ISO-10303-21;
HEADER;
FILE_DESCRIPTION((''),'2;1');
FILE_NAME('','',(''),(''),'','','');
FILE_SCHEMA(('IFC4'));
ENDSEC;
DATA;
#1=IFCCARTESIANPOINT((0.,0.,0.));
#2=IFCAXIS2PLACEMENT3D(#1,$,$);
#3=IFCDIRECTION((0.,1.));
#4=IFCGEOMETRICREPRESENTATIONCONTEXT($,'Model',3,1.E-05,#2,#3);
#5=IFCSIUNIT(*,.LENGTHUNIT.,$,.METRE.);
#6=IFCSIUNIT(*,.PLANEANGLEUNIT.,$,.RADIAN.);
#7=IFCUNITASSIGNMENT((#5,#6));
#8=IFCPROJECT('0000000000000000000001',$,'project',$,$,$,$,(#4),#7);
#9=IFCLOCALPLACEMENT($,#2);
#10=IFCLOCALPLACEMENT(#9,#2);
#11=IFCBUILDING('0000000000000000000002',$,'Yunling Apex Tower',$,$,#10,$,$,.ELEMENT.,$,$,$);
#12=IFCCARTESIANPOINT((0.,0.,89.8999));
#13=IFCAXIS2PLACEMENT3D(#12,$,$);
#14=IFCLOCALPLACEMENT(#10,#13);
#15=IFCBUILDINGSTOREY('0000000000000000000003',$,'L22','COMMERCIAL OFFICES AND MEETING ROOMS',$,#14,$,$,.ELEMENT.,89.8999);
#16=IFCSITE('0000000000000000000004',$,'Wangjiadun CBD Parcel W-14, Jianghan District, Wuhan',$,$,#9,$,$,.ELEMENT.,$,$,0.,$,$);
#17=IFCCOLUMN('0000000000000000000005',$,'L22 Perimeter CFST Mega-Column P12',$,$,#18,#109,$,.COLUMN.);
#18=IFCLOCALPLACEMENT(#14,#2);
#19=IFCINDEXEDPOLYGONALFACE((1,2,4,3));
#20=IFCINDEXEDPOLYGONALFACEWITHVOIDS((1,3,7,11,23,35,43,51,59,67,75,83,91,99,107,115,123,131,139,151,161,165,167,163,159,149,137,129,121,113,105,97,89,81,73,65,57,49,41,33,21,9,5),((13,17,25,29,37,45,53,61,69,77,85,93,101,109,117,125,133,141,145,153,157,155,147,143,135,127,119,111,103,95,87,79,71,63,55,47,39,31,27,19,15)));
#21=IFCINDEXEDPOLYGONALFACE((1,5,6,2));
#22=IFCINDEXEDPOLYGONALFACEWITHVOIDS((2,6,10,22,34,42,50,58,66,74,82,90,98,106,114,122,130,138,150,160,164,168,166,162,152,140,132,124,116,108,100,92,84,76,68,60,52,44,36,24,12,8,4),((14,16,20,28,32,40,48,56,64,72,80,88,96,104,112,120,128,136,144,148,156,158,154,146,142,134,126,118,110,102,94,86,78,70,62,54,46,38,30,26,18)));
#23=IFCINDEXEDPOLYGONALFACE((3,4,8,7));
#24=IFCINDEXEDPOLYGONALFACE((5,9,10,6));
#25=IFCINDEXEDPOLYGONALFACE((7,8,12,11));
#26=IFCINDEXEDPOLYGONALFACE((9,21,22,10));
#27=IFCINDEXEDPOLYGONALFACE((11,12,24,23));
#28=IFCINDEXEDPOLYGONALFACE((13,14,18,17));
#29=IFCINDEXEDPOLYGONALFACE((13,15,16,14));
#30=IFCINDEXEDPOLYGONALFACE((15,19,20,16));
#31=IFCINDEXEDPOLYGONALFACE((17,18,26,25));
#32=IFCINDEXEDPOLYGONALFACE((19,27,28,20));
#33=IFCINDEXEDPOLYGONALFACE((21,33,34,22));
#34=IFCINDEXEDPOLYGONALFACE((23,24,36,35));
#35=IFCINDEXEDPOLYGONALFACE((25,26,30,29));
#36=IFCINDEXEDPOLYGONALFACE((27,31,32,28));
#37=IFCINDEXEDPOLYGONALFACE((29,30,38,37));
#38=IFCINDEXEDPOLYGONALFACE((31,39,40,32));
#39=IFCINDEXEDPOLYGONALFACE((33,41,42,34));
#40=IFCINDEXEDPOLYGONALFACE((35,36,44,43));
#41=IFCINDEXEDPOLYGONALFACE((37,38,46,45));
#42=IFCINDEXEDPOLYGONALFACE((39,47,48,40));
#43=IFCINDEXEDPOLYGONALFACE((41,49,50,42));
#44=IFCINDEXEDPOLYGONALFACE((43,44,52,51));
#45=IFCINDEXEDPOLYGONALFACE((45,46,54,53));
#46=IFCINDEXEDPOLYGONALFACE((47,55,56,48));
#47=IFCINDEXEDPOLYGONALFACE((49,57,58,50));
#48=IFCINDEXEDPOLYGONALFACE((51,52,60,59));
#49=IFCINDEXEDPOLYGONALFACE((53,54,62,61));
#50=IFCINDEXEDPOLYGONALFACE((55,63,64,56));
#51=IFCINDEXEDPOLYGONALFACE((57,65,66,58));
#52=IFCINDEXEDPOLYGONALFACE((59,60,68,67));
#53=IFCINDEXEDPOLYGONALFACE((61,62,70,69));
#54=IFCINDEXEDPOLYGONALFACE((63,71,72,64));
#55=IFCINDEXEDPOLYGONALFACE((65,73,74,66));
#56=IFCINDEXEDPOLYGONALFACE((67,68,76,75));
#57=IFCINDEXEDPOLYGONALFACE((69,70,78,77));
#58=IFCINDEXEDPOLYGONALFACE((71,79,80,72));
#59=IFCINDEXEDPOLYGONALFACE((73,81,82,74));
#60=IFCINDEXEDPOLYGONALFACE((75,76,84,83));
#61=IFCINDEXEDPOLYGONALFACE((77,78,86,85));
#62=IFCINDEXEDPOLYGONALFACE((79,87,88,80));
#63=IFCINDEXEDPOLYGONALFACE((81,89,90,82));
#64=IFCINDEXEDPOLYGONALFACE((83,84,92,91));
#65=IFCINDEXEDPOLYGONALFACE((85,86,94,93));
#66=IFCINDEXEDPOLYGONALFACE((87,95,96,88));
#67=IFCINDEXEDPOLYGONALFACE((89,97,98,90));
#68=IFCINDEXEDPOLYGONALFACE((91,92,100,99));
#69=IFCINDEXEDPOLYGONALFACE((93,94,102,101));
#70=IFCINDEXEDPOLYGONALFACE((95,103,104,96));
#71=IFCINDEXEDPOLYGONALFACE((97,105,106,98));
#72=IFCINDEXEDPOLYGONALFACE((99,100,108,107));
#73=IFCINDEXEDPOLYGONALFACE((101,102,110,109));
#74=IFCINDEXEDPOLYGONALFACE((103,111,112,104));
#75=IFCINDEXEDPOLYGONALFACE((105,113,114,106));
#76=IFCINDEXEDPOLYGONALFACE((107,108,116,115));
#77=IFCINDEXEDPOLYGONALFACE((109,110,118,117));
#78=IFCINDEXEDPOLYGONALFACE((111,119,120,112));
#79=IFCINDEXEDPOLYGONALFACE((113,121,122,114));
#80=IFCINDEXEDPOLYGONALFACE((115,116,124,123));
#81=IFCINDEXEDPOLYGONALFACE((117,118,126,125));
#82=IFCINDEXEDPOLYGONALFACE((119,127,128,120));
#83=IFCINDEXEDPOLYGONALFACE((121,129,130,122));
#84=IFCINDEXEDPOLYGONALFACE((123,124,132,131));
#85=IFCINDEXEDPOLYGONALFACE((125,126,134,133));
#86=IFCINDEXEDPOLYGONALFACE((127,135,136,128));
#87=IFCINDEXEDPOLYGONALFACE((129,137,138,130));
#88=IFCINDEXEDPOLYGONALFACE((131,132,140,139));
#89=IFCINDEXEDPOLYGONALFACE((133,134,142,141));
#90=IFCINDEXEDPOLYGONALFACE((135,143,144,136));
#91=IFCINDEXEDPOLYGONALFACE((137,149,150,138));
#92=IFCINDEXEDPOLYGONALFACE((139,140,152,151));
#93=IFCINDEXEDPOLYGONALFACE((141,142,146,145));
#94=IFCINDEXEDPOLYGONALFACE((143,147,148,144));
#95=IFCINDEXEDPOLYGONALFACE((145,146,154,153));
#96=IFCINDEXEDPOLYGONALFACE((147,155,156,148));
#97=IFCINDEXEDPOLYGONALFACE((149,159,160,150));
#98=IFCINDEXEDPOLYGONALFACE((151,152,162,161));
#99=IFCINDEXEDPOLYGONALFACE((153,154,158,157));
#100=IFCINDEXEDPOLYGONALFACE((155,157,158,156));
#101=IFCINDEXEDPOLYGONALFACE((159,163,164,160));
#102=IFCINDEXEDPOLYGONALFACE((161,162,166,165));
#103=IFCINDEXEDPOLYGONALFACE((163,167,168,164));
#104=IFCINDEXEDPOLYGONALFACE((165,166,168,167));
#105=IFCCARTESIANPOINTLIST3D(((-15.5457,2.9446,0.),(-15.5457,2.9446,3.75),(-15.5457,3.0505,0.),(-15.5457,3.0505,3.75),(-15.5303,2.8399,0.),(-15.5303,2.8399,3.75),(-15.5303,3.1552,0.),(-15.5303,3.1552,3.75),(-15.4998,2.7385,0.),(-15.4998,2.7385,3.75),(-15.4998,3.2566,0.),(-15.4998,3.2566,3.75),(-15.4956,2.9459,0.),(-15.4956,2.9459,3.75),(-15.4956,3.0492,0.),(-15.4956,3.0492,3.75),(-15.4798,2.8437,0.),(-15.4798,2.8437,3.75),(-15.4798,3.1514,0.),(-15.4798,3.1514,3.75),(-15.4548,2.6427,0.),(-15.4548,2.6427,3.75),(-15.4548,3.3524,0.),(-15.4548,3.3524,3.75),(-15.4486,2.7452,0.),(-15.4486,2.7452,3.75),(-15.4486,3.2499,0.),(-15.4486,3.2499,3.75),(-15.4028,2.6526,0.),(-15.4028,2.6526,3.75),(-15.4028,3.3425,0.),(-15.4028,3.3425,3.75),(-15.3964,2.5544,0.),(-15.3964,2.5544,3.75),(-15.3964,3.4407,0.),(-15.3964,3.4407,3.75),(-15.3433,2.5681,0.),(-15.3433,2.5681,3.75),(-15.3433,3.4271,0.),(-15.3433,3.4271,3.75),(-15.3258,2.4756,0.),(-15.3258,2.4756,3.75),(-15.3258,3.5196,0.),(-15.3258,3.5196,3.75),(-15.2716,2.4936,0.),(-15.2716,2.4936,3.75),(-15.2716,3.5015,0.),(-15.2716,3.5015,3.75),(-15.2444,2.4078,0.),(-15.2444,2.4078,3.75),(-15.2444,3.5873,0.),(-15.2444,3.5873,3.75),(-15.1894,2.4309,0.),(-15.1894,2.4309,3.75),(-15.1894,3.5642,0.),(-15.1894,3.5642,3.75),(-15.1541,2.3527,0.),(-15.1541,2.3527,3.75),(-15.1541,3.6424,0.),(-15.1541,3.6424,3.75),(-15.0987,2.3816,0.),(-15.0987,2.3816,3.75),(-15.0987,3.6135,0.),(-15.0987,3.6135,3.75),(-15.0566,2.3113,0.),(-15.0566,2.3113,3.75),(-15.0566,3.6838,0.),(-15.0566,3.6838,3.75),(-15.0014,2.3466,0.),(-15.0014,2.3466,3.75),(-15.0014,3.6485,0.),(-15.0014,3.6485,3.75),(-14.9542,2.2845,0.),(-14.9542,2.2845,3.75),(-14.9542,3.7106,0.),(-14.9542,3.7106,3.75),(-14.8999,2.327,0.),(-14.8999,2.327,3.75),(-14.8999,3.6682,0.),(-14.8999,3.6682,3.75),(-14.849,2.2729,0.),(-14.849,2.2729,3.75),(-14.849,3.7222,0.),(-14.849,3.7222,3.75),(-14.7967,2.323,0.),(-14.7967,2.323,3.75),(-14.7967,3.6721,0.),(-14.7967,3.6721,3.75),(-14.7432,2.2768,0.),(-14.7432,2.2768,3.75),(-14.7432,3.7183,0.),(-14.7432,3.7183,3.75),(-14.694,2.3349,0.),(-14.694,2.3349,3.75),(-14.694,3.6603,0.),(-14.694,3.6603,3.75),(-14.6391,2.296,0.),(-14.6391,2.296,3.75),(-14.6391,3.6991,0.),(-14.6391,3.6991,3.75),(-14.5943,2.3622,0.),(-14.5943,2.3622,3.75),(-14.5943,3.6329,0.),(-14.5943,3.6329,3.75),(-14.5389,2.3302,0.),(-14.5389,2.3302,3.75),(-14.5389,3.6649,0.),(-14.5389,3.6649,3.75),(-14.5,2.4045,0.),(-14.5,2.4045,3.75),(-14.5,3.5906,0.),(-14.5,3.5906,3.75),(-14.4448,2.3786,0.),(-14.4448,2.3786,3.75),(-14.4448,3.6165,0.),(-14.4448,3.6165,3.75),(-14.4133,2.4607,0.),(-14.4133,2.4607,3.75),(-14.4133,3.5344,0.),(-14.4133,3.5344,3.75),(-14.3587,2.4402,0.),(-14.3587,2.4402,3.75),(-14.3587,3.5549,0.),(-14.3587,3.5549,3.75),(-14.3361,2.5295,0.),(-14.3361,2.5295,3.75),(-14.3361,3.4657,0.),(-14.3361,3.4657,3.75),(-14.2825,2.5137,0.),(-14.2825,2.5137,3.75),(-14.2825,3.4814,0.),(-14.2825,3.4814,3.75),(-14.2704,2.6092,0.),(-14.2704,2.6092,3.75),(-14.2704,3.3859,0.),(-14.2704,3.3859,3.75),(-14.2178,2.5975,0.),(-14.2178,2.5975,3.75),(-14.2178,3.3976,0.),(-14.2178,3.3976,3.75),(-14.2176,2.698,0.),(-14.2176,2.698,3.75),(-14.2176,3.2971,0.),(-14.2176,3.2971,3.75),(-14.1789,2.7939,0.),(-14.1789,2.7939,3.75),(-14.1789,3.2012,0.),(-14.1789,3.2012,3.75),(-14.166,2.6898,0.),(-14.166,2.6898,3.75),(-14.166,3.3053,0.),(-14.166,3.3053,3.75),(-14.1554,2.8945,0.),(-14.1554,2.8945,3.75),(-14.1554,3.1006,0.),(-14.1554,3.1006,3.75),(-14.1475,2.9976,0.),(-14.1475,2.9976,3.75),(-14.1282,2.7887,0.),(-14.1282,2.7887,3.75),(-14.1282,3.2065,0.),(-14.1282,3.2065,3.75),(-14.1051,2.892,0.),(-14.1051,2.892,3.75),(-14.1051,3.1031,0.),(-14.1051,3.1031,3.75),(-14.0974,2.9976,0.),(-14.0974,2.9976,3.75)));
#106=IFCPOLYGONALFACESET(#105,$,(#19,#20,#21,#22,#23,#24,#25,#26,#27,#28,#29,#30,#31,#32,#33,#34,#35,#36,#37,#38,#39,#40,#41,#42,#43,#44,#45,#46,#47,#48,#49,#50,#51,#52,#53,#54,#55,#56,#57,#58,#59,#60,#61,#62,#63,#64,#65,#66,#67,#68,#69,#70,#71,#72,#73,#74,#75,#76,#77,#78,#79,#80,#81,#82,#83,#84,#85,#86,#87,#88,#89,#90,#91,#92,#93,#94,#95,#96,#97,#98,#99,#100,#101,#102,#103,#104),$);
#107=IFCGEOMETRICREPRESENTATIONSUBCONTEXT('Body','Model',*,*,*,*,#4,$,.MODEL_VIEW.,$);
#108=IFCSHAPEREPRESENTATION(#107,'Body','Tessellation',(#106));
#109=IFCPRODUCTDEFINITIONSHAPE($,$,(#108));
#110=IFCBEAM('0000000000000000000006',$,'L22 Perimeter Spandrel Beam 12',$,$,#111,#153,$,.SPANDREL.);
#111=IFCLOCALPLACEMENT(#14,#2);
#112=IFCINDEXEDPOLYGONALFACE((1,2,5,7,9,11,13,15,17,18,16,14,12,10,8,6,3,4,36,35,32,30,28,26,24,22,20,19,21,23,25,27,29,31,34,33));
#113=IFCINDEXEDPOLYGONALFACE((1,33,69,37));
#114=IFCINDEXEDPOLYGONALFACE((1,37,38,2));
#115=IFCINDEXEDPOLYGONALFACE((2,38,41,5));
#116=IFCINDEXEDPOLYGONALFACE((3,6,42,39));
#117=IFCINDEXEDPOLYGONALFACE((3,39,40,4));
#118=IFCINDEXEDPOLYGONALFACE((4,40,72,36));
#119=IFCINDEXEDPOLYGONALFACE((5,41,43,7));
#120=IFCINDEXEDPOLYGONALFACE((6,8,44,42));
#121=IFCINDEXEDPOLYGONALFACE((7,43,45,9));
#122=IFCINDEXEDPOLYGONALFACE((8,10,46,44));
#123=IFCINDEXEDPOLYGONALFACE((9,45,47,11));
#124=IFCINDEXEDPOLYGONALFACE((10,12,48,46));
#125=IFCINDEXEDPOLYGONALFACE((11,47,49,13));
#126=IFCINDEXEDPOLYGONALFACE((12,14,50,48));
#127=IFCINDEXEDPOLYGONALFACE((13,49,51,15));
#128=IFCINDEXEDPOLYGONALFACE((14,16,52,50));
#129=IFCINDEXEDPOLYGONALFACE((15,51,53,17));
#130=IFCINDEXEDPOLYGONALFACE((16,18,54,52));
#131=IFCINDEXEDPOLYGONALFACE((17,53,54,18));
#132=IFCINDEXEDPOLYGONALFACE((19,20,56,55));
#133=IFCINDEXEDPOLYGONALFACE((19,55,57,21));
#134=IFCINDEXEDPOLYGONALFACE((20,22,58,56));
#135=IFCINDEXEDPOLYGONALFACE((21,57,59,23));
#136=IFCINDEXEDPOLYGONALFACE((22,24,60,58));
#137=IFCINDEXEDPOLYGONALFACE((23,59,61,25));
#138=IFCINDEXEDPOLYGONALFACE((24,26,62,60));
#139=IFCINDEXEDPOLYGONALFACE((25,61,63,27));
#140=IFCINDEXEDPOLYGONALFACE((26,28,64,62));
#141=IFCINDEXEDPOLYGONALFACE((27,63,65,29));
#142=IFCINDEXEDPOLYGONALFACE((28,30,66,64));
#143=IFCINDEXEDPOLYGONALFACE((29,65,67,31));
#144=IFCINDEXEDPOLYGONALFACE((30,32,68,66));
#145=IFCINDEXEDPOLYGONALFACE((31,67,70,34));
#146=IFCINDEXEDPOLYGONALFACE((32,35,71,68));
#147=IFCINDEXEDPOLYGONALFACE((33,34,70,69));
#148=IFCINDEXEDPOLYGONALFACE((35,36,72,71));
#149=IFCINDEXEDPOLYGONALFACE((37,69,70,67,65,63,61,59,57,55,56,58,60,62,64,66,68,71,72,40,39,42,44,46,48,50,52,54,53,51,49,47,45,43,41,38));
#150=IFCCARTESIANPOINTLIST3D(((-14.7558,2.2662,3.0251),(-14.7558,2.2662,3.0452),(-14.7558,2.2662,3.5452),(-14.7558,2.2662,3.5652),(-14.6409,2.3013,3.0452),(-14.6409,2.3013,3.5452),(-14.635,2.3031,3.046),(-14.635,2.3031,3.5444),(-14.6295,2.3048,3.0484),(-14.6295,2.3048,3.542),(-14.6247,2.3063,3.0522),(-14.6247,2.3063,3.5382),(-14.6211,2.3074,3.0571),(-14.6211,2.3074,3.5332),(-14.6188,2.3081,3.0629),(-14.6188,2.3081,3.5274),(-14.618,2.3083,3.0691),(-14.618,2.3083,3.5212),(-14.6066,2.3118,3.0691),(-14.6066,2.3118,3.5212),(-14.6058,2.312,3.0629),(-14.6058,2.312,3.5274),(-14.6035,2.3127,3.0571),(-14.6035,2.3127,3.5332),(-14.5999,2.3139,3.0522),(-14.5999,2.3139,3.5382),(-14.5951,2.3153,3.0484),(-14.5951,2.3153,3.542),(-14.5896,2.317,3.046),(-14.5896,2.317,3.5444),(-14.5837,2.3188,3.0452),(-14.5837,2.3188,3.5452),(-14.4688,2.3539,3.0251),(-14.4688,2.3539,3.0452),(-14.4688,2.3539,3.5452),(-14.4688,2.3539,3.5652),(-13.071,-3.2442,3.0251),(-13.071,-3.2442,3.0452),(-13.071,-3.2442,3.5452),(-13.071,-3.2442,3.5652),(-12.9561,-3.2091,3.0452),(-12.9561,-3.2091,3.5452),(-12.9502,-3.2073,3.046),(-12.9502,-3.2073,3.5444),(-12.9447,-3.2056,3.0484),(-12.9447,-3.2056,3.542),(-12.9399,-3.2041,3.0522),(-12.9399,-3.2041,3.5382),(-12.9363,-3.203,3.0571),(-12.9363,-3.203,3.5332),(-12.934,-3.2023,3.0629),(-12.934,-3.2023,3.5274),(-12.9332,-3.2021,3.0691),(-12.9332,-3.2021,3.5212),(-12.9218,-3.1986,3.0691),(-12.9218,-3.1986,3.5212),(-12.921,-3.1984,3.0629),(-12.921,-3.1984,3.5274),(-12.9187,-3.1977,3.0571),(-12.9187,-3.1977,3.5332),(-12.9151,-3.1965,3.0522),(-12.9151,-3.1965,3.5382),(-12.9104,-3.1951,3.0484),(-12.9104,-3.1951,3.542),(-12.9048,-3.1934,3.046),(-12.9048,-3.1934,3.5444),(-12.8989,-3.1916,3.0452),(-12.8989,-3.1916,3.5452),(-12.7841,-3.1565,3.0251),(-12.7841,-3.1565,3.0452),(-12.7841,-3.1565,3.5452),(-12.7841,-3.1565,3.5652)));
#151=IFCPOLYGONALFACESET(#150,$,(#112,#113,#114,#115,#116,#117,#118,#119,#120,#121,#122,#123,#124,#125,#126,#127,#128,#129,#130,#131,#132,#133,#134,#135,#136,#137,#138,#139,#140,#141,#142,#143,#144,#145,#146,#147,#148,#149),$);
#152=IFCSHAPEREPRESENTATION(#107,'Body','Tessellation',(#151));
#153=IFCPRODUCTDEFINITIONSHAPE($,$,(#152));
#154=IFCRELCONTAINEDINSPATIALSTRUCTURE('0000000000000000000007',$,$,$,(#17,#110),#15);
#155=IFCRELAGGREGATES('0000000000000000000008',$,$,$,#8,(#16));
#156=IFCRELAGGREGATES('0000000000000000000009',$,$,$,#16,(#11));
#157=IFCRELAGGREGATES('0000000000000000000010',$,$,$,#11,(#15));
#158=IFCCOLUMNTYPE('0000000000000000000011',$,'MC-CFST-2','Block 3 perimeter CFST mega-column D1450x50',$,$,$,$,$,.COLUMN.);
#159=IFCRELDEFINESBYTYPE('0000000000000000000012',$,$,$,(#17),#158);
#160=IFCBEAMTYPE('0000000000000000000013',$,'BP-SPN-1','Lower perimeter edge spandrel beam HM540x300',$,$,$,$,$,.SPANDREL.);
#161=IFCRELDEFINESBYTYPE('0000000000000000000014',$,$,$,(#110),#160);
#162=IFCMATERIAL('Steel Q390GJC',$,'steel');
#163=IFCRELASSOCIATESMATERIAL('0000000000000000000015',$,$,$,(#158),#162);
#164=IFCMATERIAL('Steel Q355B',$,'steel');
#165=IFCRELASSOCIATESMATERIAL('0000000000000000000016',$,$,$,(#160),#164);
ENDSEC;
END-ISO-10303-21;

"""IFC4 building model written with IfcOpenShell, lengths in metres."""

from ifc_helpers import new_model, si_unit, direction, frame, origin, origin_2d, place, context, subcontext, project, spatial, hollow_circle, i_section, extrude, source, transform, mapped, material, material_profile, profile_set, type_object, element, save


model = new_model("IFC4")

# Units and contexts
model_context = context("Model", 3, precision=1e-05, world=origin(), true_north=direction((0.0, 1.0)))
body_context = subcontext(model_context, "Body", "Model", "MODEL_VIEW")
ifc_project = project(units=[si_unit("LENGTHUNIT", "METRE"), si_unit("PLANEANGLEUNIT", "RADIAN")], contexts=[model_context])

# Site, building, storey
site_placement = place(None, origin())
site = spatial("IfcSite", under=ifc_project, at=site_placement, Name="Wangjiadun CBD Parcel W-14, Jianghan District, Wuhan", CompositionType="ELEMENT", RefElevation=0.0)
building_placement = place(site_placement, origin())
building = spatial("IfcBuilding", under=site, at=building_placement, Name="Yunling Apex Tower", CompositionType="ELEMENT")
storey_placement = place(building_placement, frame((0.0, 0.0, 89.8999)))
storey = spatial("IfcBuildingStorey", under=building, at=storey_placement, Name="L22", Description="COMMERCIAL OFFICES AND MEETING ROOMS", CompositionType="ELEMENT", Elevation=89.8999)

# Column
ifc_material_1 = material(Name="Steel Q390GJC", Category="steel")
ifc_material_profile_1 = material_profile(ifc_material_1, hollow_circle(Radius=0.7251, WallThickness=0.05, at=origin_2d()))
ifc_profile_set_1 = profile_set([ifc_material_profile_1], Name="Steel Q390GJC")
column_type = type_object("IfcColumnType", Name="MC-CFST-2", Description="Block 3 perimeter CFST mega-column D1450x50", PredefinedType="COLUMN", material=ifc_profile_set_1)
shared_shape_1 = source(origin(), body_context, "Body", "SweptSolid", [
    extrude(hollow_circle(Radius=0.7251, WallThickness=0.05, at=origin_2d()), origin(), (0.0, 0.0, 1.0), 3.75),
])
column_placement = place(storey_placement, frame((-14.8225, 2.9976, 0.0), z_axis=(0.0, 0.0, 1.0), x_axis=(1.0, 0.0, 0.0)))
element("IfcColumn", 1, at=column_placement, inside=storey, type_object=column_type, Name="L22 Perimeter CFST Mega-Column P12", PredefinedType="COLUMN", context=body_context, shape_type="MappedRepresentation", body=[
    mapped(shared_shape_1, transform((0.0, 0.0, 0.0), scale=1.0)),
])

# Beam
ifc_material_2 = material(Name="Steel Q355B", Category="steel")
ifc_material_profile_2 = material_profile(ifc_material_2, i_section(OverallWidth=0.3, OverallDepth=0.54, WebThickness=0.012, FlangeThickness=0.02, FilletRadius=0.0239, at=origin_2d()))
ifc_profile_set_2 = profile_set([ifc_material_profile_2], Name="Steel Q355B")
beam_type_1 = type_object("IfcBeamType", Name="BP-SPN-1", Description="Lower perimeter edge spandrel beam HM540x300", PredefinedType="SPANDREL", material=ifc_profile_set_2)
shared_shape_2 = source(origin(), body_context, "Body", "SweptSolid", [
    extrude(i_section(OverallWidth=0.3, OverallDepth=0.54, WebThickness=0.012, FlangeThickness=0.02, FilletRadius=0.0239, at=origin_2d()), origin(), (0.0, 0.0, 1.0), 5.7622),
])
beam_1_placement = place(storey_placement, frame((-14.6123, 2.3101, 3.2952), z_axis=(0.292385, -0.956301, 0.0), x_axis=(0.956301, 0.292385, 0.0)))
element("IfcBeam", 2, at=beam_1_placement, inside=storey, type_object=beam_type_1, Name="L22 Perimeter Spandrel Beam 12", PredefinedType="SPANDREL", context=body_context, shape_type="MappedRepresentation", body=[
    mapped(shared_shape_2, transform((0.0, 0.0, 0.0), scale=1.0)),
])

save(model, "model.ifc")
